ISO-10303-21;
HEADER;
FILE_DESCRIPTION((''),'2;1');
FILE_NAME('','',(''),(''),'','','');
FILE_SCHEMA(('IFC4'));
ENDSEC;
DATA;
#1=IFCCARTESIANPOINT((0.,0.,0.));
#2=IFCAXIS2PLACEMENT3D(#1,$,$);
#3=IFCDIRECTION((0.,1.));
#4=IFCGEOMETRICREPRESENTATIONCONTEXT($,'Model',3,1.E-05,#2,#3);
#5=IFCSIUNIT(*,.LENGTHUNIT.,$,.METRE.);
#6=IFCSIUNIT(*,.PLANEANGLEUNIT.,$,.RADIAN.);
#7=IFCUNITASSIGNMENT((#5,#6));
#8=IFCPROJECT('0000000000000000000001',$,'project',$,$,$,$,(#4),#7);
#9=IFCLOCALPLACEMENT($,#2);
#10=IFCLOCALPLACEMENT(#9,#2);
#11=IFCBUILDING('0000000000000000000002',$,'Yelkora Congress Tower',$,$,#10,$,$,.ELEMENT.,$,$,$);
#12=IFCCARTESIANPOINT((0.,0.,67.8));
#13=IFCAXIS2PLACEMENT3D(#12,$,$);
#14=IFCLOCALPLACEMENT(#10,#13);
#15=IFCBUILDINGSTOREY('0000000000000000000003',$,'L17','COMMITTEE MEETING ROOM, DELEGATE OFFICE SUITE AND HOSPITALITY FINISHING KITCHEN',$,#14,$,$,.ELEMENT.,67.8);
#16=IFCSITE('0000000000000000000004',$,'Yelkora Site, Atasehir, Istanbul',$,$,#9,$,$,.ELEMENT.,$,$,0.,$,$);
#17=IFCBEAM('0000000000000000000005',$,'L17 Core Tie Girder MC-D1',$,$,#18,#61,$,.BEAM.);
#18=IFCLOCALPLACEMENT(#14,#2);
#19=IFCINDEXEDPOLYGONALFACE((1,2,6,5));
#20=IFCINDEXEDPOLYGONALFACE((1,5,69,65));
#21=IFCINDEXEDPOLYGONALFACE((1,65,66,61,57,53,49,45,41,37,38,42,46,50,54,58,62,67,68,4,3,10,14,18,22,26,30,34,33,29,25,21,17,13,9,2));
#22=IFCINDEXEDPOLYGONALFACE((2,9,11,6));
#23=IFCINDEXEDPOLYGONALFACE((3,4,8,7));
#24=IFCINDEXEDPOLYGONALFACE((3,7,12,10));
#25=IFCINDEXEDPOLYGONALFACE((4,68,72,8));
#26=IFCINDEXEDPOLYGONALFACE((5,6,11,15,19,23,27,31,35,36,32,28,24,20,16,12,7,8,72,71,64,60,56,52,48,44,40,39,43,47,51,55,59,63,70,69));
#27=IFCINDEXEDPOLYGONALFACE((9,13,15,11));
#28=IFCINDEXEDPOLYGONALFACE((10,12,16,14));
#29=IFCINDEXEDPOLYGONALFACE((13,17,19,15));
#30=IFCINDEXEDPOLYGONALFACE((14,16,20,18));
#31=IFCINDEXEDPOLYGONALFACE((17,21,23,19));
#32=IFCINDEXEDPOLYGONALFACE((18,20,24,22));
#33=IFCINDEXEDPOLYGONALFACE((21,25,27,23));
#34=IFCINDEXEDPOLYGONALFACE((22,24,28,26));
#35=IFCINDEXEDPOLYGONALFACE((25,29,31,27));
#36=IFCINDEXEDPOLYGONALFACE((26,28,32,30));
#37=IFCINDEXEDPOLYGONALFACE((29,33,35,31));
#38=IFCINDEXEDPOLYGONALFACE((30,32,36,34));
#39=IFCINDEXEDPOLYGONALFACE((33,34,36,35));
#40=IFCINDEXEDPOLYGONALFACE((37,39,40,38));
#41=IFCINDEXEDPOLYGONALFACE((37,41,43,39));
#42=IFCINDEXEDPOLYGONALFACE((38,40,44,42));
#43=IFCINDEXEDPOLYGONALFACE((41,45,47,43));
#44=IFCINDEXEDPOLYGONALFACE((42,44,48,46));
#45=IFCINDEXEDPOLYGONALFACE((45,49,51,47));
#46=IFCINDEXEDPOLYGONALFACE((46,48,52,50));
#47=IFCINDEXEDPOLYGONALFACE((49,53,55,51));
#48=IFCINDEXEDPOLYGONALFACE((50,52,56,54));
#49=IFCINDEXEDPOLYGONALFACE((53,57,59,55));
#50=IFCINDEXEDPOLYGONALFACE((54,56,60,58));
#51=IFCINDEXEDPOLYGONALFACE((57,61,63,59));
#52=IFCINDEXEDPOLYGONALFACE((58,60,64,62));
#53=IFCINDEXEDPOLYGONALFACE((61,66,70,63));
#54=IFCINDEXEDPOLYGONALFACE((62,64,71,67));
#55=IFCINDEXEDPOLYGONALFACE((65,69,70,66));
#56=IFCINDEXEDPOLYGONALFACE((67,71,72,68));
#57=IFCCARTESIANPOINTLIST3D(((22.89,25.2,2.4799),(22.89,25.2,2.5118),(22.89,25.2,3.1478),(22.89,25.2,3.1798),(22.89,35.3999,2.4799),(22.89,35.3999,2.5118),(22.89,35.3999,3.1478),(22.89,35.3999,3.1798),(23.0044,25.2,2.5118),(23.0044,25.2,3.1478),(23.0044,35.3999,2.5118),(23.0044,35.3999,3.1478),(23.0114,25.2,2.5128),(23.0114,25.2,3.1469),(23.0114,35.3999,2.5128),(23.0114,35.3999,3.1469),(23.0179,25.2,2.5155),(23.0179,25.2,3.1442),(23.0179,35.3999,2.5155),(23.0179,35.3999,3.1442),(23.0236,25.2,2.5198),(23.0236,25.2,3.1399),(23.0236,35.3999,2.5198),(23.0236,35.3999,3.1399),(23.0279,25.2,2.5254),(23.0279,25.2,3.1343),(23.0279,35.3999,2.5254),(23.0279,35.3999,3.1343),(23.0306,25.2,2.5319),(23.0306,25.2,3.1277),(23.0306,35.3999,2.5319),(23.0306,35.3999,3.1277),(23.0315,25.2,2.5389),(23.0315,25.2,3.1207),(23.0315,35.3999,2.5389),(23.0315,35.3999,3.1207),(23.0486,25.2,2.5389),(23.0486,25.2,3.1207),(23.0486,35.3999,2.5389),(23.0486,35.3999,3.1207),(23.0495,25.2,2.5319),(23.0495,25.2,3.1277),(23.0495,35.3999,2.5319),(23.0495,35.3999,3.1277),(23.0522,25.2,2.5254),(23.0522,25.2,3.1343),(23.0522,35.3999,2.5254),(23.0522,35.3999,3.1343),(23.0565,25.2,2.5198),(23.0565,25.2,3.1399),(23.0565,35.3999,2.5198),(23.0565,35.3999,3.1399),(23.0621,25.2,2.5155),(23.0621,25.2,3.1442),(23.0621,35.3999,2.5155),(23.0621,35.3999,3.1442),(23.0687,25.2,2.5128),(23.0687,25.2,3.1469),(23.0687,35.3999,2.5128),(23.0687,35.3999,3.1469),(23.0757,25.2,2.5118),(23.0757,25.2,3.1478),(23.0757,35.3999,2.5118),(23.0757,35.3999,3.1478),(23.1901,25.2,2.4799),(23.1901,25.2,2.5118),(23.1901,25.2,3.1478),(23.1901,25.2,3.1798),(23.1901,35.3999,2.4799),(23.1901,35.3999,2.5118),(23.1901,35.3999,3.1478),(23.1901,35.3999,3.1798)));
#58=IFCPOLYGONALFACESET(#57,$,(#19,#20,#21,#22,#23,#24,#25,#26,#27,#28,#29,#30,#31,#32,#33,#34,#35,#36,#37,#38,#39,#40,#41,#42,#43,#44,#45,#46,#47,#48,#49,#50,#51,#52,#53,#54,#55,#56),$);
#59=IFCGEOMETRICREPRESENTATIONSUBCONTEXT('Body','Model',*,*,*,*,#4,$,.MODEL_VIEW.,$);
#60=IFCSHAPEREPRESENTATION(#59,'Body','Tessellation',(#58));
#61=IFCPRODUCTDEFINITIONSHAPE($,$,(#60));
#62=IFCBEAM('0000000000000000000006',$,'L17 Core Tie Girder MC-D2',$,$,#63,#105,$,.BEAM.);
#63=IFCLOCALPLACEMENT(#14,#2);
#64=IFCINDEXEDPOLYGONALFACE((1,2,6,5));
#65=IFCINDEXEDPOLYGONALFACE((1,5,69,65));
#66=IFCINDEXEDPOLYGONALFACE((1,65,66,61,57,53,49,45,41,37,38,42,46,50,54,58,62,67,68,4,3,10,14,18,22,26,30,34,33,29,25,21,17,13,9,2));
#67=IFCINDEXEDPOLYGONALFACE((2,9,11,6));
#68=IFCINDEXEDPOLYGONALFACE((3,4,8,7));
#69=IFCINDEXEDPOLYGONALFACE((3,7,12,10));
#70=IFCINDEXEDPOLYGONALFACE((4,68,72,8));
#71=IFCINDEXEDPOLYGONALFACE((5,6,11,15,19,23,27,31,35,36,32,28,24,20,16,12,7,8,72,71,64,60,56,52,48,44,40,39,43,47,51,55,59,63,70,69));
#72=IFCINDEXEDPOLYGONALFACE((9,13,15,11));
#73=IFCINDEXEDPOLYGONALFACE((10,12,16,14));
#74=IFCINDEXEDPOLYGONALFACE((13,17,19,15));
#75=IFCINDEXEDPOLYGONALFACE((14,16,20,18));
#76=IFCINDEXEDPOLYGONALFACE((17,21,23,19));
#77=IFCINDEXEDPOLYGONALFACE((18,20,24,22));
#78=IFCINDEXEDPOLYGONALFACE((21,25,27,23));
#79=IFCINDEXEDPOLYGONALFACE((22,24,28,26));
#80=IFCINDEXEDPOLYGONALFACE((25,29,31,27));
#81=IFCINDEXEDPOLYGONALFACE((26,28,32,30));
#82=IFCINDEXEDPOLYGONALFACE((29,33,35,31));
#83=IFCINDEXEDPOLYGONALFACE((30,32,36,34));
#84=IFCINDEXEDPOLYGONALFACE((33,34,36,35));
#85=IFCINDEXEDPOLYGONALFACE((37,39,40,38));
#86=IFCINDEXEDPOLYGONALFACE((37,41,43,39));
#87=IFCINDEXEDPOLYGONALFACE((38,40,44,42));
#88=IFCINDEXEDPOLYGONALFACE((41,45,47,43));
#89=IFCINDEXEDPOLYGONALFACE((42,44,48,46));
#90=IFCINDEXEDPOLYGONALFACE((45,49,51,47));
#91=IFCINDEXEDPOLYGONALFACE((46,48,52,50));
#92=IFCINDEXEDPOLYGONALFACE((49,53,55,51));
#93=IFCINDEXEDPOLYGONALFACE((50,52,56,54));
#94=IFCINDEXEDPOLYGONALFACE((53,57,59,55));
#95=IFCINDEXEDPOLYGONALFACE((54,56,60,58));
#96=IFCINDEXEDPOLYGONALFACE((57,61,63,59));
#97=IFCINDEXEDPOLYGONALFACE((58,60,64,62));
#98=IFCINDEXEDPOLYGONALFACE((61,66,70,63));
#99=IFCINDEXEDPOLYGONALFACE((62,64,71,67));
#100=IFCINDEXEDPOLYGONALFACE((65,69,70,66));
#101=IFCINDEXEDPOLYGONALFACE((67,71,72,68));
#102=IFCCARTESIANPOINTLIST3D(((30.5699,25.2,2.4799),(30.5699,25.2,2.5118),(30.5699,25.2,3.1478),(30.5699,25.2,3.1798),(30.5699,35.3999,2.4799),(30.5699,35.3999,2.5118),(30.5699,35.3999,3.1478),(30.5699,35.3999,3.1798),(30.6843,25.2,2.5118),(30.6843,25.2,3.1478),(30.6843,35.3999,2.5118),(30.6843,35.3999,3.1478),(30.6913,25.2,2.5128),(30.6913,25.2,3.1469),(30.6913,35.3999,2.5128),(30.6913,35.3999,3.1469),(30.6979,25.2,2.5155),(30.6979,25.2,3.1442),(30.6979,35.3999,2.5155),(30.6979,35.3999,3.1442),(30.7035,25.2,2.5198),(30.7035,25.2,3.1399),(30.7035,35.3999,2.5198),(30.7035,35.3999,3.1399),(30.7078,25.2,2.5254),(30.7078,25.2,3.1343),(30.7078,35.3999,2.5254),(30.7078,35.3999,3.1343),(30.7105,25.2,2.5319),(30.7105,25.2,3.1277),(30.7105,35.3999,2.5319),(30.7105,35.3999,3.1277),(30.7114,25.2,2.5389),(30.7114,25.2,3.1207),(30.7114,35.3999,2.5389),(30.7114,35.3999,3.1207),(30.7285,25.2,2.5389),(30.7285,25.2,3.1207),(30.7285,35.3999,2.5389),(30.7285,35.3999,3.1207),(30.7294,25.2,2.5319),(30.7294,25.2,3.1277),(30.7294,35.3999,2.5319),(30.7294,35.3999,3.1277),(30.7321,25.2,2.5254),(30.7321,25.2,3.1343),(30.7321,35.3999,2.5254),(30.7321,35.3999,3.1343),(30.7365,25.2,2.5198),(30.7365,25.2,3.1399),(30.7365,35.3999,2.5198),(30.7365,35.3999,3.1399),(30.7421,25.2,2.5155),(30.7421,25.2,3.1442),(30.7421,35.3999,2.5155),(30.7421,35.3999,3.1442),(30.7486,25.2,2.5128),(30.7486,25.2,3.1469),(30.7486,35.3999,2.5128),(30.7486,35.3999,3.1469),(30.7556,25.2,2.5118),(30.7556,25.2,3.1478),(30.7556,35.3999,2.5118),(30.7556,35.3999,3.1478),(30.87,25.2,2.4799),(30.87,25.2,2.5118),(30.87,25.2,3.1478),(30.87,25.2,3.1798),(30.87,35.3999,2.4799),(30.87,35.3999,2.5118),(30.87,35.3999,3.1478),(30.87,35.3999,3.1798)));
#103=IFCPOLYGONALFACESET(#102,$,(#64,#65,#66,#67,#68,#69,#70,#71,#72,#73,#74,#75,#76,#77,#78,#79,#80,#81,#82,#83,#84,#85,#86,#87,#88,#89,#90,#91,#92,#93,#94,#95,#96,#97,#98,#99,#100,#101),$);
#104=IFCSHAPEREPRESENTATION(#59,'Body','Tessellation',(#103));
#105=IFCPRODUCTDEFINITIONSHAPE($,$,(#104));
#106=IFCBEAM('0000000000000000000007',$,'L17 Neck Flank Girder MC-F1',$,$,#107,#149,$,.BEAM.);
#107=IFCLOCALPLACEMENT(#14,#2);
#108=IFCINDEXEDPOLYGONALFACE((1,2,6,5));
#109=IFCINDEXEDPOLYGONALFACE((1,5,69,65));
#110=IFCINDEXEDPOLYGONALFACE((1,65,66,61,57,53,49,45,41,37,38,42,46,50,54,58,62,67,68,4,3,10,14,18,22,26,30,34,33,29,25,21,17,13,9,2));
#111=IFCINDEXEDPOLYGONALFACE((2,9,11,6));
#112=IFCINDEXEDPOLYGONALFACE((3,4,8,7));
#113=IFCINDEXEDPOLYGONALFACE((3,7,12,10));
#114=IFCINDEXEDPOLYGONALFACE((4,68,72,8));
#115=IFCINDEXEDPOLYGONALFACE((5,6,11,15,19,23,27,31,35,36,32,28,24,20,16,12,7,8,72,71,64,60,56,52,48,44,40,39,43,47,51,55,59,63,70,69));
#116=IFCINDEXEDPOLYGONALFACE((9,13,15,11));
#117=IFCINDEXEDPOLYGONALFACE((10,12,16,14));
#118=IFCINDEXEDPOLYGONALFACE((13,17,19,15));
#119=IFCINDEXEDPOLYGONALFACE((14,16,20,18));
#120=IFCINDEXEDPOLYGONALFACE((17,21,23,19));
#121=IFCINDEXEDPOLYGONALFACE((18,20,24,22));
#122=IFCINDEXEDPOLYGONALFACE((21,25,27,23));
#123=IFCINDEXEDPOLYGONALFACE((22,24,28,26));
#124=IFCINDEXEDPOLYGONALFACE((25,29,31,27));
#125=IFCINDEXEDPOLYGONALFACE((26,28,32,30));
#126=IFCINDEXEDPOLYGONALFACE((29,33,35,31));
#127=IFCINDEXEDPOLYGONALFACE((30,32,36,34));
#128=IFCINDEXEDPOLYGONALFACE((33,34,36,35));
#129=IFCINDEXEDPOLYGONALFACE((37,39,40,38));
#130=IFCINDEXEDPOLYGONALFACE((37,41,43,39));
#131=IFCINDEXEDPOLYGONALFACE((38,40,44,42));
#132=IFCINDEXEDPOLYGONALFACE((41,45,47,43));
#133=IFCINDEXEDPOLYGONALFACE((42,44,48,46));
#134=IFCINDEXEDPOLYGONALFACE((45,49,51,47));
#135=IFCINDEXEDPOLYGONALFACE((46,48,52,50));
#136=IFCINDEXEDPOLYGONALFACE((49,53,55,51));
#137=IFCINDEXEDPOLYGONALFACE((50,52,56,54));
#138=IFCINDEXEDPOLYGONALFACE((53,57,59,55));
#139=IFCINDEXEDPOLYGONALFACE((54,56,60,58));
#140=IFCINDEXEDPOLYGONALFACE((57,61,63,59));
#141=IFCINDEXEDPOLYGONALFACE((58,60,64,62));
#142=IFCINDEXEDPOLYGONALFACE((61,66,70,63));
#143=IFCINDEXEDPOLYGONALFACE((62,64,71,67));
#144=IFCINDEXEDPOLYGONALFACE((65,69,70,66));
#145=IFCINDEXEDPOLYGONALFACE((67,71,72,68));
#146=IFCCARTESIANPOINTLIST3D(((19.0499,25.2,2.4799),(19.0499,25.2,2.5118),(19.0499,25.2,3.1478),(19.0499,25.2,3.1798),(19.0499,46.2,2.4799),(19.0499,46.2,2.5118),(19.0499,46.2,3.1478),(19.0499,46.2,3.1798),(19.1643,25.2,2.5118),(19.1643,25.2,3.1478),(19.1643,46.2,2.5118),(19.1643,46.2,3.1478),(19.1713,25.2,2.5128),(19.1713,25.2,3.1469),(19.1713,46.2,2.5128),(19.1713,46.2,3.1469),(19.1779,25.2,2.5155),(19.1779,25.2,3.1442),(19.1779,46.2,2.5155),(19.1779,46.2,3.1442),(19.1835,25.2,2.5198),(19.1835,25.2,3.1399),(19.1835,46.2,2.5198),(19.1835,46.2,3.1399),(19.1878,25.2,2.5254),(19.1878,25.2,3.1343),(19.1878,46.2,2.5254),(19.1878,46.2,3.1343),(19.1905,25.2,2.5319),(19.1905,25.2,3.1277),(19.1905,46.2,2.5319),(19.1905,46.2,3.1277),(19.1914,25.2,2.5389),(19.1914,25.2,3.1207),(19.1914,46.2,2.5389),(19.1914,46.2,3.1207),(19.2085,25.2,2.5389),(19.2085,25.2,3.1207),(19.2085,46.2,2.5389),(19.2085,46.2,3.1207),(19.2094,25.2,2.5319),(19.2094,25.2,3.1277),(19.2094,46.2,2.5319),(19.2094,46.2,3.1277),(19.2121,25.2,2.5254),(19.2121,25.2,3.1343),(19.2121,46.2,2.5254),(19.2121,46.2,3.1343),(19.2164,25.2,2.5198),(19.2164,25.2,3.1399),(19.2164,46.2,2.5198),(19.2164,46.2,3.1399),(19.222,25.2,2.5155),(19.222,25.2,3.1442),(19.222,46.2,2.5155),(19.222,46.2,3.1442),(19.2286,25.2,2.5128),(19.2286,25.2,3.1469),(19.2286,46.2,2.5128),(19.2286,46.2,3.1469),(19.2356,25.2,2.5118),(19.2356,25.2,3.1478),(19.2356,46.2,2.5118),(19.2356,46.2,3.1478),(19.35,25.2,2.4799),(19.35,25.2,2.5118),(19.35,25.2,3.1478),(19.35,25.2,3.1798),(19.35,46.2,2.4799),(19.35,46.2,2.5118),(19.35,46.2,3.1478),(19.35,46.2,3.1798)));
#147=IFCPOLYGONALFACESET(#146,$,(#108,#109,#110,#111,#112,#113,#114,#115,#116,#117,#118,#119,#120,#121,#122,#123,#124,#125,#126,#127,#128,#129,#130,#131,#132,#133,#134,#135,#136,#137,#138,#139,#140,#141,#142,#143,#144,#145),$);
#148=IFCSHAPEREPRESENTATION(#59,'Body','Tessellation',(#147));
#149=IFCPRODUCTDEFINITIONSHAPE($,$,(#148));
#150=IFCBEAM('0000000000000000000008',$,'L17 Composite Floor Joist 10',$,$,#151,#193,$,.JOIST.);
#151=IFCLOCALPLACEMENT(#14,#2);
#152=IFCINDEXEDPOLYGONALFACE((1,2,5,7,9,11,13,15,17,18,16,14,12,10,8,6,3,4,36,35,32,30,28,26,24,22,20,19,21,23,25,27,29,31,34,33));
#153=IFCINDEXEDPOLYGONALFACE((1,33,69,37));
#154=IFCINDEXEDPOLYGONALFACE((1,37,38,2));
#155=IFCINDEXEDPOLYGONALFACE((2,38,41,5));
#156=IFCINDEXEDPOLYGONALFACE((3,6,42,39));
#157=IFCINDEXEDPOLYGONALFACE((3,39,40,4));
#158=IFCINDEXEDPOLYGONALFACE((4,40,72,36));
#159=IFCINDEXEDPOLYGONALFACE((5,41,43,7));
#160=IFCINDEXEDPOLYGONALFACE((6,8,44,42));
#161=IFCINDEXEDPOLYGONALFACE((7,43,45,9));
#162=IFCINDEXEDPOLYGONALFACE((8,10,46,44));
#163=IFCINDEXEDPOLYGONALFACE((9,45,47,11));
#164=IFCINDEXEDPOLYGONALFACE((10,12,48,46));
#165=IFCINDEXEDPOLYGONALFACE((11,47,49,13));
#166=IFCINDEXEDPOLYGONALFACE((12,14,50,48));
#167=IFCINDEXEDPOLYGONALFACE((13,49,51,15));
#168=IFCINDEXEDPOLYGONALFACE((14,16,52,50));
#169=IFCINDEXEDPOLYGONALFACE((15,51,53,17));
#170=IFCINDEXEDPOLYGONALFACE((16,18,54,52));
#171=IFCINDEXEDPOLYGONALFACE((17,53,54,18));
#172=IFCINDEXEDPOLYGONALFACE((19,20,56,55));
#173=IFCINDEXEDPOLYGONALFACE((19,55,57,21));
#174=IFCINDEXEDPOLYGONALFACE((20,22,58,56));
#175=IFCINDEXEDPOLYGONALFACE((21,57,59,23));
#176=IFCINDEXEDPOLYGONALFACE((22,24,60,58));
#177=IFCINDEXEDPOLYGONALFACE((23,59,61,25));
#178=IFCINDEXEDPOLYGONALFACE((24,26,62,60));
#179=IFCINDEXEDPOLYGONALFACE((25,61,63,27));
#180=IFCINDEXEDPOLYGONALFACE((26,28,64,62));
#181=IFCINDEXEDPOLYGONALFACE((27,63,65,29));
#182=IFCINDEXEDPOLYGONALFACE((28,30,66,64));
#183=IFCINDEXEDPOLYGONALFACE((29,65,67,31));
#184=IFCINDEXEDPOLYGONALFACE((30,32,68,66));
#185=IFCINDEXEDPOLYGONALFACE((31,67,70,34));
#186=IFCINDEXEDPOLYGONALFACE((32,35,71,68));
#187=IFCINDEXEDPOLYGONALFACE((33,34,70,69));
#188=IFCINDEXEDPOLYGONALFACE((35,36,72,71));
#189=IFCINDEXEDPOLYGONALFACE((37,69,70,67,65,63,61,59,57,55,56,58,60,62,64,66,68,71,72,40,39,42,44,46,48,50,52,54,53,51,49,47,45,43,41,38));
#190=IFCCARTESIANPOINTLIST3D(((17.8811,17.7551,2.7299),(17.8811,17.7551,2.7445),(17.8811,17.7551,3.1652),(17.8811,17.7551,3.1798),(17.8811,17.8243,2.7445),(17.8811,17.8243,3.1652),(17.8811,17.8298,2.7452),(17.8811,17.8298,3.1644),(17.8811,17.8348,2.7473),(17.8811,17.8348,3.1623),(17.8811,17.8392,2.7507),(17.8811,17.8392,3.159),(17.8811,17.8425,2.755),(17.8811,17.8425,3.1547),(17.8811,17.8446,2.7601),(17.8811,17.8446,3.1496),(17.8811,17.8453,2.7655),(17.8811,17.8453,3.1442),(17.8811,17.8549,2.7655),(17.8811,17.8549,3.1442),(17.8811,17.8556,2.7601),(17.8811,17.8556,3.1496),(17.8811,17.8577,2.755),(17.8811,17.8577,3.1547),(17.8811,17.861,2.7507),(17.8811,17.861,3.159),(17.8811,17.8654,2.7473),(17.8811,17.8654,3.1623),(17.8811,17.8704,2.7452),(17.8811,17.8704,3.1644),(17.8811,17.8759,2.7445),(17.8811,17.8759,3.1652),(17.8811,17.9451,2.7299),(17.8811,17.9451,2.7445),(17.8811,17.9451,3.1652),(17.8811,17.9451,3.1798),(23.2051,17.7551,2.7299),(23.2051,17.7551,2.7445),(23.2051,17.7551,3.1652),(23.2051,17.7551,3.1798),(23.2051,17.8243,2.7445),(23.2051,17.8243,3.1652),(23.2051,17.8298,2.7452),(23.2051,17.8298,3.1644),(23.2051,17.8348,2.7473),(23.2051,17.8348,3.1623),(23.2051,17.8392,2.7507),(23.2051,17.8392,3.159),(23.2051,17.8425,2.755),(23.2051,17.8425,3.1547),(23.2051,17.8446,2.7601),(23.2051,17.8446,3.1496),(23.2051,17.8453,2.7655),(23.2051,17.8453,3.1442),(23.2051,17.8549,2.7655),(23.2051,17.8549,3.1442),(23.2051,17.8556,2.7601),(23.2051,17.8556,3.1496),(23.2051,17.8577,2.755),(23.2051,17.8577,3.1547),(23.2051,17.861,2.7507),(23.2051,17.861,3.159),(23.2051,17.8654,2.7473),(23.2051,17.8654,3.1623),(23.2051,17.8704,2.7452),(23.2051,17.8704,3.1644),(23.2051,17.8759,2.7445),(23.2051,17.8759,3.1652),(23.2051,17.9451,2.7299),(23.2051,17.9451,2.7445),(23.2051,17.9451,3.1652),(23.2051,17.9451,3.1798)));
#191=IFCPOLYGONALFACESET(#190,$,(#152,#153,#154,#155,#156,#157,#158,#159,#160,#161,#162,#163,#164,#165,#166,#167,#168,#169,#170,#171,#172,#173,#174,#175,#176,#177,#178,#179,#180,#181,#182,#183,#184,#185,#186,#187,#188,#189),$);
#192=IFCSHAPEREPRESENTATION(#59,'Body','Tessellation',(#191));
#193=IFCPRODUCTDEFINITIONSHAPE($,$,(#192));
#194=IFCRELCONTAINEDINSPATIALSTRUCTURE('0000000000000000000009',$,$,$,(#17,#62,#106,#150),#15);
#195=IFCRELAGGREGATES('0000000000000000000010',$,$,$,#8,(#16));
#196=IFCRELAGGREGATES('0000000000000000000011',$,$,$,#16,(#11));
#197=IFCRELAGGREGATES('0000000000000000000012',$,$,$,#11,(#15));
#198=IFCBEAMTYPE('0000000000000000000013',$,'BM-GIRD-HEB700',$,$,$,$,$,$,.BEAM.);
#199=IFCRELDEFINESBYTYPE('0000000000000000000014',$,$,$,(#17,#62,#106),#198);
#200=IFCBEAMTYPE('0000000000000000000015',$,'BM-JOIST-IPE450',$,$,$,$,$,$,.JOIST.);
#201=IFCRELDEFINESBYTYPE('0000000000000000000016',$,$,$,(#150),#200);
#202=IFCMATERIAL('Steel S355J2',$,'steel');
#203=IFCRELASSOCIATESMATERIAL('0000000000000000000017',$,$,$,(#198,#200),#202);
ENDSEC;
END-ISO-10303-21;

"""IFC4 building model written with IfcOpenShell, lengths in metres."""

from ifc_helpers import new_model, si_unit, direction, frame, origin, origin_2d, place, context, subcontext, project, spatial, i_section, extrude, material, material_profile, profile_set, type_object, element, save


model = new_model("IFC4")

# Units and contexts
model_context = context("Model", 3, precision=1e-05, world=origin(), true_north=direction((0.0, 1.0)))
body_context = subcontext(model_context, "Body", "Model", "MODEL_VIEW")
ifc_project = project(units=[si_unit("LENGTHUNIT", "METRE"), si_unit("PLANEANGLEUNIT", "RADIAN")], contexts=[model_context])

# Site, building, storey
site_placement = place(None, origin())
site = spatial("IfcSite", under=ifc_project, at=site_placement, Name="Yelkora Site, Atasehir, Istanbul", CompositionType="ELEMENT", RefElevation=0.0)
building_placement = place(site_placement, origin())
building = spatial("IfcBuilding", under=site, at=building_placement, Name="Yelkora Congress Tower", CompositionType="ELEMENT")
storey_placement = place(building_placement, frame((0.0, 0.0, 67.8)))
storey = spatial("IfcBuildingStorey", under=building, at=storey_placement, Name="L17", Description="COMMITTEE MEETING ROOM, DELEGATE OFFICE SUITE AND HOSPITALITY FINISHING KITCHEN", CompositionType="ELEMENT", Elevation=67.8)

# Beams
ifc_material_1 = material(Name="Steel S355J2", Category="steel")
ifc_material_profile_1 = material_profile(ifc_material_1, i_section(OverallWidth=0.3, OverallDepth=0.7, WebThickness=0.0171, FlangeThickness=0.032, FilletRadius=0.0271, at=origin_2d()), Name="HEB 700")
ifc_profile_set_1 = profile_set([ifc_material_profile_1], Name="Steel S355J2")
beam_type_1 = type_object("IfcBeamType", Name="BM-GIRD-HEB700", PredefinedType="BEAM", material=ifc_profile_set_1)
for number, where, z_axis, x_axis, name in (
    (1, (23.04, 25.2, 2.8298), (0.0, 1.0, 0.0), (-1.0, 0.0, 0.0), "L17 Core Tie Girder MC-D1"),
    (2, (30.72, 25.2, 2.8298), (0.0, 1.0, 0.0), (-1.0, 0.0, 0.0), "L17 Core Tie Girder MC-D2"),
):
    element("IfcBeam", number, at=place(storey_placement, frame(where, z_axis=z_axis, x_axis=x_axis)), inside=storey, type_object=beam_type_1, Name=name, PredefinedType="BEAM", context=body_context, shape_type="SweptSolid", body=[
        extrude(i_section(OverallWidth=0.3, OverallDepth=0.7, WebThickness=0.0171, FlangeThickness=0.032, FilletRadius=0.0271, at=origin_2d()), origin(), (0.0, 0.0, 1.0), 10.2),
    ])
beam_1_placement = place(storey_placement, frame((19.2, 25.2, 2.8298), z_axis=(0.0, 1.0, 0.0), x_axis=(-1.0, 0.0, 0.0)))
element("IfcBeam", 3, at=beam_1_placement, inside=storey, type_object=beam_type_1, Name="L17 Neck Flank Girder MC-F1", PredefinedType="BEAM", context=body_context, shape_type="SweptSolid", body=[
    extrude(i_section(OverallWidth=0.3, OverallDepth=0.7, WebThickness=0.0171, FlangeThickness=0.032, FilletRadius=0.0271, at=origin_2d()), origin(), (0.0, 0.0, 1.0), 21.0),
])
ifc_material_profile_2 = material_profile(ifc_material_1, i_section(OverallWidth=0.1899, OverallDepth=0.45, WebThickness=0.0095, FlangeThickness=0.0146, FilletRadius=0.021, at=origin_2d()), Name="IPE 450")
ifc_profile_set_2 = profile_set([ifc_material_profile_2], Name="Steel S355J2")
beam_type_2 = type_object("IfcBeamType", Name="BM-JOIST-IPE450", PredefinedType="JOIST", material=ifc_profile_set_2)
beam_2_placement = place(storey_placement, frame((17.8811, 17.8501, 2.9548), z_axis=(1.0, 0.0, 0.0), x_axis=(0.0, 1.0, 0.0)))
element("IfcBeam", 4, at=beam_2_placement, inside=storey, type_object=beam_type_2, Name="L17 Composite Floor Joist 10", PredefinedType="JOIST", context=body_context, shape_type="SweptSolid", body=[
    extrude(i_section(OverallWidth=0.1899, OverallDepth=0.45, WebThickness=0.0095, FlangeThickness=0.0146, FilletRadius=0.021, at=origin_2d()), origin(), (0.0, 0.0, 1.0), 5.324),
])

save(model, "model.ifc")
